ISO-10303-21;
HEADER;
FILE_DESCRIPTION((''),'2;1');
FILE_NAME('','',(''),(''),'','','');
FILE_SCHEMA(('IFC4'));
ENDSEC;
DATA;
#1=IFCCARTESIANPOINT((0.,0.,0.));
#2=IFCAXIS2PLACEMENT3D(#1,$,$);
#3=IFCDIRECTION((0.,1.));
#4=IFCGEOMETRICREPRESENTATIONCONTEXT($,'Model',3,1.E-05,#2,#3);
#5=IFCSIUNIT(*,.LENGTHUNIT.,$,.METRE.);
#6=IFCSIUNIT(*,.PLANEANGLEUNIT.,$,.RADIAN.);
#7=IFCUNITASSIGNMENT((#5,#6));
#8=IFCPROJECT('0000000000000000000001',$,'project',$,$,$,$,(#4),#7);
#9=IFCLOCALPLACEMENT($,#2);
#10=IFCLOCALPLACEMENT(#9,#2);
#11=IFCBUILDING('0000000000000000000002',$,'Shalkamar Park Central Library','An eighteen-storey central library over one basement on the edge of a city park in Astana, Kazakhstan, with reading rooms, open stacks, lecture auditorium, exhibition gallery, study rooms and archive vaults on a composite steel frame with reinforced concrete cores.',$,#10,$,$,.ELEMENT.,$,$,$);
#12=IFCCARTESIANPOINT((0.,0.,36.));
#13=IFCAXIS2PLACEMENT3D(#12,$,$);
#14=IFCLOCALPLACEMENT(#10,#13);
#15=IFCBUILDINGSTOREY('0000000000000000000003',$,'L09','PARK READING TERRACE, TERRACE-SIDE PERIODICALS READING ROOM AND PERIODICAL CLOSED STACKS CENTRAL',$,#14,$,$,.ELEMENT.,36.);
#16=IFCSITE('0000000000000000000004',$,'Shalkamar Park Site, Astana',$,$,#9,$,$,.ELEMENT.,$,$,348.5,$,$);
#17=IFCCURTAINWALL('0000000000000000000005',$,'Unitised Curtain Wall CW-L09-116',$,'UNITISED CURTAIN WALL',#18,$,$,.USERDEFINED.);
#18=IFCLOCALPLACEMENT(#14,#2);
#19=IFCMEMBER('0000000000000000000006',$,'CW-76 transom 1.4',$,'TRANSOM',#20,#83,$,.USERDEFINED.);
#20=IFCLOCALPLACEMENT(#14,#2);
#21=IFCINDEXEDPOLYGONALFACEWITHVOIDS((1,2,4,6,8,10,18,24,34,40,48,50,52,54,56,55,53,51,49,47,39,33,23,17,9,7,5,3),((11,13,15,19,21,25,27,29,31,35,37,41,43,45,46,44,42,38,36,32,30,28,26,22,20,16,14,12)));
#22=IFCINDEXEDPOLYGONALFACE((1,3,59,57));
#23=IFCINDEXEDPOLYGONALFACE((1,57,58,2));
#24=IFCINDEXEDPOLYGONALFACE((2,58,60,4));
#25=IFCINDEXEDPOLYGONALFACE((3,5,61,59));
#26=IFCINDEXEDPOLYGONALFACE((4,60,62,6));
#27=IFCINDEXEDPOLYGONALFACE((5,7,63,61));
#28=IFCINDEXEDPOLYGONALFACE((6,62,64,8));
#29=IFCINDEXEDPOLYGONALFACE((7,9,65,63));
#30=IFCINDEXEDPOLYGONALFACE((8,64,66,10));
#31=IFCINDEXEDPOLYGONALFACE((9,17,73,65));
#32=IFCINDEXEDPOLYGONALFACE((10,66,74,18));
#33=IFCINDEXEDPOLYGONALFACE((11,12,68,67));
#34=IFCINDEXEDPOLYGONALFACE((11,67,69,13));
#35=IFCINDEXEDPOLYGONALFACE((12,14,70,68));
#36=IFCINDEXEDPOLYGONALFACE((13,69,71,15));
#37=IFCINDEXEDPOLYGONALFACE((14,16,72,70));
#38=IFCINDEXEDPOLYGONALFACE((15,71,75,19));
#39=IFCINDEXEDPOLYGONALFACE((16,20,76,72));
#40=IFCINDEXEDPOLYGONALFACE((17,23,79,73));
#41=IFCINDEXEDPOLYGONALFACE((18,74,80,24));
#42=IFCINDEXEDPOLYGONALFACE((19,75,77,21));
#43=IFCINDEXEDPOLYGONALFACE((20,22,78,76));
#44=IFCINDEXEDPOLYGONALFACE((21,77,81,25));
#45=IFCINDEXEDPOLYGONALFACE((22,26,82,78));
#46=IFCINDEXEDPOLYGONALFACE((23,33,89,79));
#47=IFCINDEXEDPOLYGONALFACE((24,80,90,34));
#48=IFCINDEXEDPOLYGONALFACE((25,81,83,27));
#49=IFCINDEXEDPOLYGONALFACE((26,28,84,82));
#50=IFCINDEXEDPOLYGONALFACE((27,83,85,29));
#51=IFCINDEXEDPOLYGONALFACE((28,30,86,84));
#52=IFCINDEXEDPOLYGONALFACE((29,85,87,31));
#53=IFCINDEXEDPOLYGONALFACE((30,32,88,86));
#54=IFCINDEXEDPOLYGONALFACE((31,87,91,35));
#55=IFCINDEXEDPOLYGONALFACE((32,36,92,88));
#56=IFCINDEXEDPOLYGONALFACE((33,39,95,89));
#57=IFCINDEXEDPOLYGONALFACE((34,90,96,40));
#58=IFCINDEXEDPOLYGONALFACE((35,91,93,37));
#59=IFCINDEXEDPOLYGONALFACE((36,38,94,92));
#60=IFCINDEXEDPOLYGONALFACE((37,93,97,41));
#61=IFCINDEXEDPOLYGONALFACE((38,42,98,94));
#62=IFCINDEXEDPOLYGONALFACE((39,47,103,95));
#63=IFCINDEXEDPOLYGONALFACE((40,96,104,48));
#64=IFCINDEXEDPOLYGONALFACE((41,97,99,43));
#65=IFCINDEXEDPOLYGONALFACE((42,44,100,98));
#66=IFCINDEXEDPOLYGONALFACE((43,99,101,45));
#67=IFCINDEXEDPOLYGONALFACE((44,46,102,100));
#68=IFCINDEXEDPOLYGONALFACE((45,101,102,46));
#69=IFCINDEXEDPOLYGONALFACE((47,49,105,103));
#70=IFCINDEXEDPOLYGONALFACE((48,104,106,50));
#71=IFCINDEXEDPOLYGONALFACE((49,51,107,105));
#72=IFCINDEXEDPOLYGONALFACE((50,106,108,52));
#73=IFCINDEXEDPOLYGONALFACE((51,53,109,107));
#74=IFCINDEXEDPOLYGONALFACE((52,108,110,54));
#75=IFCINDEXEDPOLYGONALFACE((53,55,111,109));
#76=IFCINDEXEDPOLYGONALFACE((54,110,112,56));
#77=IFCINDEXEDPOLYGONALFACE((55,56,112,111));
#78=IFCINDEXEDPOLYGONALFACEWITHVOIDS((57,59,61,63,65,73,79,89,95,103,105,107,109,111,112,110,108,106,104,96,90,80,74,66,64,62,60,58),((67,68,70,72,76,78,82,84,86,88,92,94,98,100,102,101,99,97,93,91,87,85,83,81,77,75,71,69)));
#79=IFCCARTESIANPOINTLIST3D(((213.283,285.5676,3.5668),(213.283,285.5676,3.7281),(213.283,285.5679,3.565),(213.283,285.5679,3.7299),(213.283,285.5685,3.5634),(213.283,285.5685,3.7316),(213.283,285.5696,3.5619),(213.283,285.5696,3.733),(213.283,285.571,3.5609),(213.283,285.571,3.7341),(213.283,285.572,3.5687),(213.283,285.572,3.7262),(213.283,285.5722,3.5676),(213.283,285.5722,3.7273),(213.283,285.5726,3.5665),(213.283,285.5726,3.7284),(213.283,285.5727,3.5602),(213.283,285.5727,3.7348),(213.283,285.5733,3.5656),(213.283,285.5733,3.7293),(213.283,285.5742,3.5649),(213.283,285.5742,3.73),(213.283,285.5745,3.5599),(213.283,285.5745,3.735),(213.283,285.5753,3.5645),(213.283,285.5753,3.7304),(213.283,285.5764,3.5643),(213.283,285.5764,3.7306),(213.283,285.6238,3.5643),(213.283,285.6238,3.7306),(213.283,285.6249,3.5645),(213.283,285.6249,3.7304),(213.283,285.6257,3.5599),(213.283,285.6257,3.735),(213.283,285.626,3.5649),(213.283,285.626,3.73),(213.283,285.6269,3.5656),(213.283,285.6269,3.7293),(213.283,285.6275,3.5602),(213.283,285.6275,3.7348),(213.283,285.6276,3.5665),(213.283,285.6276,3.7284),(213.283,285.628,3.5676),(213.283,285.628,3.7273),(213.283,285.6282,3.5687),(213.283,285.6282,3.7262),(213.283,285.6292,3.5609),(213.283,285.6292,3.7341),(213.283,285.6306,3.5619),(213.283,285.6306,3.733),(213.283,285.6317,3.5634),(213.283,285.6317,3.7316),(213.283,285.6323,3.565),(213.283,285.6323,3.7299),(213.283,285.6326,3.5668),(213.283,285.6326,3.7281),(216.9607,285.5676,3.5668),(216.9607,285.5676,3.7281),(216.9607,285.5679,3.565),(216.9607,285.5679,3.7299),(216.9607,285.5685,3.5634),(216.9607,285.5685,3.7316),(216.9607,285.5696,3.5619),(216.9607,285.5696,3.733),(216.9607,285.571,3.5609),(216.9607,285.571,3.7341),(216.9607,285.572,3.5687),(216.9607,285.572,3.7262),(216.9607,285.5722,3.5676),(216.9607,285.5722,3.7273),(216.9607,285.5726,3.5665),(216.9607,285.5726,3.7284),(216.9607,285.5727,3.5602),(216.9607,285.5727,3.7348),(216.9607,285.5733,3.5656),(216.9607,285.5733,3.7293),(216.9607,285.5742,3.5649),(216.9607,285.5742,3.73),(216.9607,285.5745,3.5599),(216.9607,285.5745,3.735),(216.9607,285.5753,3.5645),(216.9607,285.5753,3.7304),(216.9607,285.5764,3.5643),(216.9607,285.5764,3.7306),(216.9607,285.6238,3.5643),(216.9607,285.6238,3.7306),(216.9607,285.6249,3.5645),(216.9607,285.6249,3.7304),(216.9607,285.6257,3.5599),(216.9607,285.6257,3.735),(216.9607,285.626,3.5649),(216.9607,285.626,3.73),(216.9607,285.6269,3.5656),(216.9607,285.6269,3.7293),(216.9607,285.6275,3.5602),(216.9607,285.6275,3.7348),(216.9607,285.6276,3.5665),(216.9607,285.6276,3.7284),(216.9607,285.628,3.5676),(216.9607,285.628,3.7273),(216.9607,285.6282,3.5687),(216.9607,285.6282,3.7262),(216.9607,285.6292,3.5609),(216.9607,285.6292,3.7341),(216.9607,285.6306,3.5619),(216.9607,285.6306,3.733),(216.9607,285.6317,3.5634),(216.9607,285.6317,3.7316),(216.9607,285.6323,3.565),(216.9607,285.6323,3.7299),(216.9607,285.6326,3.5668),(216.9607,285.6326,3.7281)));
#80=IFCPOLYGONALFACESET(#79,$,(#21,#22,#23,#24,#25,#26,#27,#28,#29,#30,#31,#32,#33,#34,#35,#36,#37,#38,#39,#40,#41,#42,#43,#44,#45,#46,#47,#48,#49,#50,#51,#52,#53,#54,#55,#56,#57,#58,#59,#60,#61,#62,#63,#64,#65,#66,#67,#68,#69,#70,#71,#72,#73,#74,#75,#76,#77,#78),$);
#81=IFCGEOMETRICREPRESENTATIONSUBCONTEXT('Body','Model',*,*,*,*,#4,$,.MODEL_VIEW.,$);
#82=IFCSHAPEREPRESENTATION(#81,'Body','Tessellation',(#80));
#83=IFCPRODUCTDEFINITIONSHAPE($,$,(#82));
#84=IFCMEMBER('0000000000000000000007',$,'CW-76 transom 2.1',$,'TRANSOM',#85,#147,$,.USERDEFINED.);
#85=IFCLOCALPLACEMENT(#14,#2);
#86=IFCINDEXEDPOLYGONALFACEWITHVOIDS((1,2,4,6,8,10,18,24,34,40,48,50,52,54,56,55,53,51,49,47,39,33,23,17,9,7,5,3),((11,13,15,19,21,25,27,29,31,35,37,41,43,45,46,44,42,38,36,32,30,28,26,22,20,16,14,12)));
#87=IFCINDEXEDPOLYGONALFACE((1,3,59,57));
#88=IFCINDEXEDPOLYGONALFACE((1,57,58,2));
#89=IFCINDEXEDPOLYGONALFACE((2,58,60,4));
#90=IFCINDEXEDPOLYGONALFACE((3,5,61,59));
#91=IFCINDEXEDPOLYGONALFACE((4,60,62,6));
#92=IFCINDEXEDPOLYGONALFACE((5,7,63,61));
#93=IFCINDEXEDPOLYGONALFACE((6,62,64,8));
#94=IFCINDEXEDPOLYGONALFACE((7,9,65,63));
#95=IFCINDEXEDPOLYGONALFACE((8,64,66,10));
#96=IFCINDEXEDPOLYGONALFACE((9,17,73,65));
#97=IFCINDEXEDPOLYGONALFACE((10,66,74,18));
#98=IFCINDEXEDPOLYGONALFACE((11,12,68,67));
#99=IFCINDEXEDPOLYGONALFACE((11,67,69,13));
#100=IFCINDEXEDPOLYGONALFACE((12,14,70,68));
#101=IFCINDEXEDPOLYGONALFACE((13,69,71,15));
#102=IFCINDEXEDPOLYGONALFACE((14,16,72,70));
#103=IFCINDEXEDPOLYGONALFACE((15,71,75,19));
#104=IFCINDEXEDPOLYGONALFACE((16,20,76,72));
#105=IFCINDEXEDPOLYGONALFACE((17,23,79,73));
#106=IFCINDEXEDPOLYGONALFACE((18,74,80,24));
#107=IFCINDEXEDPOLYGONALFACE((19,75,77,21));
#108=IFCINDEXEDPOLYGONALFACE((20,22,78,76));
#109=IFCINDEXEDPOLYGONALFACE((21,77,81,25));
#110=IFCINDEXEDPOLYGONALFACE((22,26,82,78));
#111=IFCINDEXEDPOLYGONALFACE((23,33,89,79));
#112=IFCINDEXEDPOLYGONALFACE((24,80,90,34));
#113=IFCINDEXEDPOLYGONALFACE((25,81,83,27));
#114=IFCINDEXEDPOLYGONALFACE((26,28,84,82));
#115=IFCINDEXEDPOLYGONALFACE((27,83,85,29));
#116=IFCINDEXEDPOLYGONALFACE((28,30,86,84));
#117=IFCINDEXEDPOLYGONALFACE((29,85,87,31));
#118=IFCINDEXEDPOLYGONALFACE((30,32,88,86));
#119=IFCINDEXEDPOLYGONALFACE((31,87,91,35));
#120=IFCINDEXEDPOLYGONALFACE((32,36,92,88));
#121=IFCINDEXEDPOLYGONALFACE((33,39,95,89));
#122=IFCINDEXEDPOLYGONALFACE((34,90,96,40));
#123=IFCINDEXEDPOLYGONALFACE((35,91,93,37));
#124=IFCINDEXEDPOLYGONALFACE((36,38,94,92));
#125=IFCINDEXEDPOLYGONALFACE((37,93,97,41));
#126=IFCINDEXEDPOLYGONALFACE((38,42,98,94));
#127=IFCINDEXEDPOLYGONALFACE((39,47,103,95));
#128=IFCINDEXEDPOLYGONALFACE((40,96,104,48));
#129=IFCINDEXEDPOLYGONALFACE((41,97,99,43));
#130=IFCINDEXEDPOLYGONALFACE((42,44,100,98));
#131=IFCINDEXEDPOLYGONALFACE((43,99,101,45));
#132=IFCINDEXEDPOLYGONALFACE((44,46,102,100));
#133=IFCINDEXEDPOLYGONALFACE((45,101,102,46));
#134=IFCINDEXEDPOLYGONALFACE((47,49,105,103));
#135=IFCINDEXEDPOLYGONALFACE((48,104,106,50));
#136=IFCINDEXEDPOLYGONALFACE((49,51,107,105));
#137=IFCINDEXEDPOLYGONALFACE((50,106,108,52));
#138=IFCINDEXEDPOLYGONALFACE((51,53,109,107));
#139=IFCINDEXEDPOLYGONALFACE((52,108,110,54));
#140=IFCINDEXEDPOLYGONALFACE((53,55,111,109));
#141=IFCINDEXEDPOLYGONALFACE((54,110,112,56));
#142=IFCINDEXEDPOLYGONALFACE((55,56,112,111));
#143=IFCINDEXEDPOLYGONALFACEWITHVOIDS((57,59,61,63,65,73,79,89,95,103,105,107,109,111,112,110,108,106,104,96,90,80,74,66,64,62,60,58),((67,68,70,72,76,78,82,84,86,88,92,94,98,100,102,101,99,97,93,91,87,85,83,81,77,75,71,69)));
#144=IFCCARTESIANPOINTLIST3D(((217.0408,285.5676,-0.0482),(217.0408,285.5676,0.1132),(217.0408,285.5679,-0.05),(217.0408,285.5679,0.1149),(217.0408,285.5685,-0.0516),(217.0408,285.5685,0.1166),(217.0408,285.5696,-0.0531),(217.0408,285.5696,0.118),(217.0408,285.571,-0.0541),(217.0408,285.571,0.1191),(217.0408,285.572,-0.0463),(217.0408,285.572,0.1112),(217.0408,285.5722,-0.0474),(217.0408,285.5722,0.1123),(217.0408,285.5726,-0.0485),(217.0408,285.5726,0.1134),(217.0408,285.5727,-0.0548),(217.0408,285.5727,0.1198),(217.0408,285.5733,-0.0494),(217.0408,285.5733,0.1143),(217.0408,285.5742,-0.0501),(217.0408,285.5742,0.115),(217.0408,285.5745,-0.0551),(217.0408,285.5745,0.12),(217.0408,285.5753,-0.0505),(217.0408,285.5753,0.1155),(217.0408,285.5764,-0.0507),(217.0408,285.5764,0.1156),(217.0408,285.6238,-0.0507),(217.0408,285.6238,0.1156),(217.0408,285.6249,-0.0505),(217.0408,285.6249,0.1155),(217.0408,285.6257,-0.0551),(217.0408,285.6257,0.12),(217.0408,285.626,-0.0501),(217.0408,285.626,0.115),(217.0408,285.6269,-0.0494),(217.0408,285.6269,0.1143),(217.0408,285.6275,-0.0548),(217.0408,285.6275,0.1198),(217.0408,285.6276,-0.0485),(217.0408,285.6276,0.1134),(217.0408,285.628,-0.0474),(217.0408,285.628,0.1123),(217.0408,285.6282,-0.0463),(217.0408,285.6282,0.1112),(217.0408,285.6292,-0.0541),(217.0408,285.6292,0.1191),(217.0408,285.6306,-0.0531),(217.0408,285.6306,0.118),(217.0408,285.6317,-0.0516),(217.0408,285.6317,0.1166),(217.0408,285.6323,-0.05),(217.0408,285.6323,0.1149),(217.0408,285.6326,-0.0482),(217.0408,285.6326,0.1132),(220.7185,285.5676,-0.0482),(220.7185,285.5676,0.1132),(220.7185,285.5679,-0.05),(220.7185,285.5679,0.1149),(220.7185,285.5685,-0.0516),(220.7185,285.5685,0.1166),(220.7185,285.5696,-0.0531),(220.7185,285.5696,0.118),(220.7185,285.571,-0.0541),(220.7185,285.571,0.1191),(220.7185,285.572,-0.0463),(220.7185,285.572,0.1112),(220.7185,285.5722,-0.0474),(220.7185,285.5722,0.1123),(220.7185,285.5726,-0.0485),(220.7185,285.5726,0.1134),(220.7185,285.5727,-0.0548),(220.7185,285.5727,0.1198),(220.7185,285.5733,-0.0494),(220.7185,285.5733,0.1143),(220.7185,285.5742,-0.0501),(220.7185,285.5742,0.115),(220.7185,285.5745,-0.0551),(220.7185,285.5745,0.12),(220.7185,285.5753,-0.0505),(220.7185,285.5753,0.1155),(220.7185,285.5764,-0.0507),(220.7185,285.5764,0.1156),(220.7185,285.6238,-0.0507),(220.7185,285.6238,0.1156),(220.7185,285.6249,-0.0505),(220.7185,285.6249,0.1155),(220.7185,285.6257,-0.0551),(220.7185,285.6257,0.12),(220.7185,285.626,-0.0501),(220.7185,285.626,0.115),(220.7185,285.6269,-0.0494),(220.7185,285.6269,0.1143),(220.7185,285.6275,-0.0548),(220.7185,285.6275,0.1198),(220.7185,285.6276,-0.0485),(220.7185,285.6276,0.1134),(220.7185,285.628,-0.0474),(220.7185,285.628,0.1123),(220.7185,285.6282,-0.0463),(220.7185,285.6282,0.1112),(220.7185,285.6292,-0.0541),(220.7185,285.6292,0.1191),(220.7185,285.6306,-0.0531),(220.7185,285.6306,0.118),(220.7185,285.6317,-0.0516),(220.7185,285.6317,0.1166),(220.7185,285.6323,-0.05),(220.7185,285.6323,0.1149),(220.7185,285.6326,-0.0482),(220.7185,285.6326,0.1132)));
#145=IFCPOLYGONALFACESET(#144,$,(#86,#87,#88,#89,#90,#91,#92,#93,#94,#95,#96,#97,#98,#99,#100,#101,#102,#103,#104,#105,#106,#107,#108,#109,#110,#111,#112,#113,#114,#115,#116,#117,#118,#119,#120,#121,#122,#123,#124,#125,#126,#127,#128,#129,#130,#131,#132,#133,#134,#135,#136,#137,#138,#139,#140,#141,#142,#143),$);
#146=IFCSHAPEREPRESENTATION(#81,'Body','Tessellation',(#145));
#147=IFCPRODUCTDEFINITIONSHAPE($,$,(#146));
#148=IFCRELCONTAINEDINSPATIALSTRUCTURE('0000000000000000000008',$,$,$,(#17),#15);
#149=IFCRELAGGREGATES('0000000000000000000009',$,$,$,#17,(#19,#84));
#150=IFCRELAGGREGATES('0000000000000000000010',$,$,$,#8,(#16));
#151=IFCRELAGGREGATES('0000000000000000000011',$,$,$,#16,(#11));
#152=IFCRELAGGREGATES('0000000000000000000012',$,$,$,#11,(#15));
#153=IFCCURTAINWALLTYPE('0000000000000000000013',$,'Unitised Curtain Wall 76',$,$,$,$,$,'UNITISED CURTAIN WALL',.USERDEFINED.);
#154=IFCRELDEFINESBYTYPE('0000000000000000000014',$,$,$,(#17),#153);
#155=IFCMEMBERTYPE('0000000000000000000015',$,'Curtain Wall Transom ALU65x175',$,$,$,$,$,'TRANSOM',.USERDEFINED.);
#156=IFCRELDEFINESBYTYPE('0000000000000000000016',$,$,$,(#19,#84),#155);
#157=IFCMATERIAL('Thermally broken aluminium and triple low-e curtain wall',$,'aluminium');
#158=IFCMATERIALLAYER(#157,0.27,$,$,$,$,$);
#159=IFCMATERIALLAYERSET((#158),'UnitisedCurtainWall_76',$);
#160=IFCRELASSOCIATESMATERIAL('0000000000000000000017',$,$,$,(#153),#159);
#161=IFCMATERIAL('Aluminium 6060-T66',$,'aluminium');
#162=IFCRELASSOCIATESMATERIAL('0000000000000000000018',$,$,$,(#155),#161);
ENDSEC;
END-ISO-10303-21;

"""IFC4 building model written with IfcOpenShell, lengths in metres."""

from ifc_helpers import new_model, si_unit, direction, frame, origin, origin_2d, place, context, subcontext, project, spatial, hollow_rectangle, extrude, material, layer, layer_set, material_profile, profile_set, type_object, element, aggregate, save


model = new_model("IFC4")

# Units and contexts
model_context = context("Model", 3, precision=1e-05, world=origin(), true_north=direction((0.0, 1.0)))
body_context = subcontext(model_context, "Body", "Model", "MODEL_VIEW")
ifc_project = project(units=[si_unit("LENGTHUNIT", "METRE"), si_unit("PLANEANGLEUNIT", "RADIAN")], contexts=[model_context])

# Site, building, storey
site_placement = place(None, origin())
site = spatial("IfcSite", under=ifc_project, at=site_placement, Name="Shalkamar Park Site, Astana", CompositionType="ELEMENT", RefElevation=348.5)
building_placement = place(site_placement, origin())
building = spatial("IfcBuilding", under=site, at=building_placement, Name="Shalkamar Park Central Library", Description="An eighteen-storey central library over one basement on the edge of a city park in Astana, Kazakhstan, with reading rooms, open stacks, lecture auditorium, exhibition gallery, study rooms and archive vaults on a composite steel frame with reinforced concrete cores.", CompositionType="ELEMENT")
storey_placement = place(building_placement, frame((0.0, 0.0, 36.0)))
storey = spatial("IfcBuildingStorey", under=building, at=storey_placement, Name="L09", Description="PARK READING TERRACE, TERRACE-SIDE PERIODICALS READING ROOM AND PERIODICAL CLOSED STACKS CENTRAL", CompositionType="ELEMENT", Elevation=36.0)

# Curtain wall
ifc_material_1 = material(Name="Thermally broken aluminium and triple low-e curtain wall", Category="aluminium")
ifc_layer_1 = layer(ifc_material_1, 0.27)
ifc_layer_set_1 = layer_set([ifc_layer_1], Name="UnitisedCurtainWall_76")
curtain_wall_type_1 = type_object("IfcCurtainWallType", Name="Unitised Curtain Wall 76", ElementType="UNITISED CURTAIN WALL", PredefinedType="USERDEFINED", material=ifc_layer_set_1)
curtain_wall_1_placement = place(storey_placement, origin())
curtain_wall_1 = element("IfcCurtainWall", 1, at=curtain_wall_1_placement, inside=storey, type_object=curtain_wall_type_1, Name="Unitised Curtain Wall CW-L09-116", ObjectType="UNITISED CURTAIN WALL", PredefinedType="USERDEFINED")
ifc_material_2 = material(Name="Aluminium 6060-T66", Category="aluminium")

# Members
ifc_material_profile_1 = material_profile(ifc_material_2, hollow_rectangle(XDim=0.0649, YDim=0.175, WallThickness=0.0044, InnerFilletRadius=0.0044, OuterFilletRadius=0.0068, at=origin_2d()), Name="ALU 65x175x4.5")
ifc_profile_set_1 = profile_set([ifc_material_profile_1], Name="Aluminium 6060-T66")
member_type_1 = type_object("IfcMemberType", Name="Curtain Wall Transom ALU65x175", ElementType="TRANSOM", PredefinedType="USERDEFINED", material=ifc_profile_set_1)
member_1_placement = place(storey_placement, frame((213.283, 285.6001, 3.6475), z_axis=(1.0, 0.0, 0.0), x_axis=(0.0, 1.0, 0.0)))
member_1 = element("IfcMember", 2, at=member_1_placement, type_object=member_type_1, Name="CW-76 transom 1.4", ObjectType="TRANSOM", PredefinedType="USERDEFINED", context=body_context, shape_type="SweptSolid", body=[
    extrude(hollow_rectangle(XDim=0.0649, YDim=0.175, WallThickness=0.0044, InnerFilletRadius=0.0044, OuterFilletRadius=0.0068, at=origin_2d()), origin(), (0.0, 0.0, 1.0), 3.6777),
])
member_2_placement = place(storey_placement, frame((217.0408, 285.6001, 0.0325), z_axis=(1.0, 0.0, 0.0), x_axis=(0.0, 1.0, 0.0)))
member_2 = element("IfcMember", 3, at=member_2_placement, type_object=member_type_1, Name="CW-76 transom 2.1", ObjectType="TRANSOM", PredefinedType="USERDEFINED", context=body_context, shape_type="SweptSolid", body=[
    extrude(hollow_rectangle(XDim=0.0649, YDim=0.175, WallThickness=0.0044, InnerFilletRadius=0.0044, OuterFilletRadius=0.0068, at=origin_2d()), origin(), (0.0, 0.0, 1.0), 3.6777),
])

aggregate(curtain_wall_1, [member_1, member_2])

save(model, "model.ifc")
